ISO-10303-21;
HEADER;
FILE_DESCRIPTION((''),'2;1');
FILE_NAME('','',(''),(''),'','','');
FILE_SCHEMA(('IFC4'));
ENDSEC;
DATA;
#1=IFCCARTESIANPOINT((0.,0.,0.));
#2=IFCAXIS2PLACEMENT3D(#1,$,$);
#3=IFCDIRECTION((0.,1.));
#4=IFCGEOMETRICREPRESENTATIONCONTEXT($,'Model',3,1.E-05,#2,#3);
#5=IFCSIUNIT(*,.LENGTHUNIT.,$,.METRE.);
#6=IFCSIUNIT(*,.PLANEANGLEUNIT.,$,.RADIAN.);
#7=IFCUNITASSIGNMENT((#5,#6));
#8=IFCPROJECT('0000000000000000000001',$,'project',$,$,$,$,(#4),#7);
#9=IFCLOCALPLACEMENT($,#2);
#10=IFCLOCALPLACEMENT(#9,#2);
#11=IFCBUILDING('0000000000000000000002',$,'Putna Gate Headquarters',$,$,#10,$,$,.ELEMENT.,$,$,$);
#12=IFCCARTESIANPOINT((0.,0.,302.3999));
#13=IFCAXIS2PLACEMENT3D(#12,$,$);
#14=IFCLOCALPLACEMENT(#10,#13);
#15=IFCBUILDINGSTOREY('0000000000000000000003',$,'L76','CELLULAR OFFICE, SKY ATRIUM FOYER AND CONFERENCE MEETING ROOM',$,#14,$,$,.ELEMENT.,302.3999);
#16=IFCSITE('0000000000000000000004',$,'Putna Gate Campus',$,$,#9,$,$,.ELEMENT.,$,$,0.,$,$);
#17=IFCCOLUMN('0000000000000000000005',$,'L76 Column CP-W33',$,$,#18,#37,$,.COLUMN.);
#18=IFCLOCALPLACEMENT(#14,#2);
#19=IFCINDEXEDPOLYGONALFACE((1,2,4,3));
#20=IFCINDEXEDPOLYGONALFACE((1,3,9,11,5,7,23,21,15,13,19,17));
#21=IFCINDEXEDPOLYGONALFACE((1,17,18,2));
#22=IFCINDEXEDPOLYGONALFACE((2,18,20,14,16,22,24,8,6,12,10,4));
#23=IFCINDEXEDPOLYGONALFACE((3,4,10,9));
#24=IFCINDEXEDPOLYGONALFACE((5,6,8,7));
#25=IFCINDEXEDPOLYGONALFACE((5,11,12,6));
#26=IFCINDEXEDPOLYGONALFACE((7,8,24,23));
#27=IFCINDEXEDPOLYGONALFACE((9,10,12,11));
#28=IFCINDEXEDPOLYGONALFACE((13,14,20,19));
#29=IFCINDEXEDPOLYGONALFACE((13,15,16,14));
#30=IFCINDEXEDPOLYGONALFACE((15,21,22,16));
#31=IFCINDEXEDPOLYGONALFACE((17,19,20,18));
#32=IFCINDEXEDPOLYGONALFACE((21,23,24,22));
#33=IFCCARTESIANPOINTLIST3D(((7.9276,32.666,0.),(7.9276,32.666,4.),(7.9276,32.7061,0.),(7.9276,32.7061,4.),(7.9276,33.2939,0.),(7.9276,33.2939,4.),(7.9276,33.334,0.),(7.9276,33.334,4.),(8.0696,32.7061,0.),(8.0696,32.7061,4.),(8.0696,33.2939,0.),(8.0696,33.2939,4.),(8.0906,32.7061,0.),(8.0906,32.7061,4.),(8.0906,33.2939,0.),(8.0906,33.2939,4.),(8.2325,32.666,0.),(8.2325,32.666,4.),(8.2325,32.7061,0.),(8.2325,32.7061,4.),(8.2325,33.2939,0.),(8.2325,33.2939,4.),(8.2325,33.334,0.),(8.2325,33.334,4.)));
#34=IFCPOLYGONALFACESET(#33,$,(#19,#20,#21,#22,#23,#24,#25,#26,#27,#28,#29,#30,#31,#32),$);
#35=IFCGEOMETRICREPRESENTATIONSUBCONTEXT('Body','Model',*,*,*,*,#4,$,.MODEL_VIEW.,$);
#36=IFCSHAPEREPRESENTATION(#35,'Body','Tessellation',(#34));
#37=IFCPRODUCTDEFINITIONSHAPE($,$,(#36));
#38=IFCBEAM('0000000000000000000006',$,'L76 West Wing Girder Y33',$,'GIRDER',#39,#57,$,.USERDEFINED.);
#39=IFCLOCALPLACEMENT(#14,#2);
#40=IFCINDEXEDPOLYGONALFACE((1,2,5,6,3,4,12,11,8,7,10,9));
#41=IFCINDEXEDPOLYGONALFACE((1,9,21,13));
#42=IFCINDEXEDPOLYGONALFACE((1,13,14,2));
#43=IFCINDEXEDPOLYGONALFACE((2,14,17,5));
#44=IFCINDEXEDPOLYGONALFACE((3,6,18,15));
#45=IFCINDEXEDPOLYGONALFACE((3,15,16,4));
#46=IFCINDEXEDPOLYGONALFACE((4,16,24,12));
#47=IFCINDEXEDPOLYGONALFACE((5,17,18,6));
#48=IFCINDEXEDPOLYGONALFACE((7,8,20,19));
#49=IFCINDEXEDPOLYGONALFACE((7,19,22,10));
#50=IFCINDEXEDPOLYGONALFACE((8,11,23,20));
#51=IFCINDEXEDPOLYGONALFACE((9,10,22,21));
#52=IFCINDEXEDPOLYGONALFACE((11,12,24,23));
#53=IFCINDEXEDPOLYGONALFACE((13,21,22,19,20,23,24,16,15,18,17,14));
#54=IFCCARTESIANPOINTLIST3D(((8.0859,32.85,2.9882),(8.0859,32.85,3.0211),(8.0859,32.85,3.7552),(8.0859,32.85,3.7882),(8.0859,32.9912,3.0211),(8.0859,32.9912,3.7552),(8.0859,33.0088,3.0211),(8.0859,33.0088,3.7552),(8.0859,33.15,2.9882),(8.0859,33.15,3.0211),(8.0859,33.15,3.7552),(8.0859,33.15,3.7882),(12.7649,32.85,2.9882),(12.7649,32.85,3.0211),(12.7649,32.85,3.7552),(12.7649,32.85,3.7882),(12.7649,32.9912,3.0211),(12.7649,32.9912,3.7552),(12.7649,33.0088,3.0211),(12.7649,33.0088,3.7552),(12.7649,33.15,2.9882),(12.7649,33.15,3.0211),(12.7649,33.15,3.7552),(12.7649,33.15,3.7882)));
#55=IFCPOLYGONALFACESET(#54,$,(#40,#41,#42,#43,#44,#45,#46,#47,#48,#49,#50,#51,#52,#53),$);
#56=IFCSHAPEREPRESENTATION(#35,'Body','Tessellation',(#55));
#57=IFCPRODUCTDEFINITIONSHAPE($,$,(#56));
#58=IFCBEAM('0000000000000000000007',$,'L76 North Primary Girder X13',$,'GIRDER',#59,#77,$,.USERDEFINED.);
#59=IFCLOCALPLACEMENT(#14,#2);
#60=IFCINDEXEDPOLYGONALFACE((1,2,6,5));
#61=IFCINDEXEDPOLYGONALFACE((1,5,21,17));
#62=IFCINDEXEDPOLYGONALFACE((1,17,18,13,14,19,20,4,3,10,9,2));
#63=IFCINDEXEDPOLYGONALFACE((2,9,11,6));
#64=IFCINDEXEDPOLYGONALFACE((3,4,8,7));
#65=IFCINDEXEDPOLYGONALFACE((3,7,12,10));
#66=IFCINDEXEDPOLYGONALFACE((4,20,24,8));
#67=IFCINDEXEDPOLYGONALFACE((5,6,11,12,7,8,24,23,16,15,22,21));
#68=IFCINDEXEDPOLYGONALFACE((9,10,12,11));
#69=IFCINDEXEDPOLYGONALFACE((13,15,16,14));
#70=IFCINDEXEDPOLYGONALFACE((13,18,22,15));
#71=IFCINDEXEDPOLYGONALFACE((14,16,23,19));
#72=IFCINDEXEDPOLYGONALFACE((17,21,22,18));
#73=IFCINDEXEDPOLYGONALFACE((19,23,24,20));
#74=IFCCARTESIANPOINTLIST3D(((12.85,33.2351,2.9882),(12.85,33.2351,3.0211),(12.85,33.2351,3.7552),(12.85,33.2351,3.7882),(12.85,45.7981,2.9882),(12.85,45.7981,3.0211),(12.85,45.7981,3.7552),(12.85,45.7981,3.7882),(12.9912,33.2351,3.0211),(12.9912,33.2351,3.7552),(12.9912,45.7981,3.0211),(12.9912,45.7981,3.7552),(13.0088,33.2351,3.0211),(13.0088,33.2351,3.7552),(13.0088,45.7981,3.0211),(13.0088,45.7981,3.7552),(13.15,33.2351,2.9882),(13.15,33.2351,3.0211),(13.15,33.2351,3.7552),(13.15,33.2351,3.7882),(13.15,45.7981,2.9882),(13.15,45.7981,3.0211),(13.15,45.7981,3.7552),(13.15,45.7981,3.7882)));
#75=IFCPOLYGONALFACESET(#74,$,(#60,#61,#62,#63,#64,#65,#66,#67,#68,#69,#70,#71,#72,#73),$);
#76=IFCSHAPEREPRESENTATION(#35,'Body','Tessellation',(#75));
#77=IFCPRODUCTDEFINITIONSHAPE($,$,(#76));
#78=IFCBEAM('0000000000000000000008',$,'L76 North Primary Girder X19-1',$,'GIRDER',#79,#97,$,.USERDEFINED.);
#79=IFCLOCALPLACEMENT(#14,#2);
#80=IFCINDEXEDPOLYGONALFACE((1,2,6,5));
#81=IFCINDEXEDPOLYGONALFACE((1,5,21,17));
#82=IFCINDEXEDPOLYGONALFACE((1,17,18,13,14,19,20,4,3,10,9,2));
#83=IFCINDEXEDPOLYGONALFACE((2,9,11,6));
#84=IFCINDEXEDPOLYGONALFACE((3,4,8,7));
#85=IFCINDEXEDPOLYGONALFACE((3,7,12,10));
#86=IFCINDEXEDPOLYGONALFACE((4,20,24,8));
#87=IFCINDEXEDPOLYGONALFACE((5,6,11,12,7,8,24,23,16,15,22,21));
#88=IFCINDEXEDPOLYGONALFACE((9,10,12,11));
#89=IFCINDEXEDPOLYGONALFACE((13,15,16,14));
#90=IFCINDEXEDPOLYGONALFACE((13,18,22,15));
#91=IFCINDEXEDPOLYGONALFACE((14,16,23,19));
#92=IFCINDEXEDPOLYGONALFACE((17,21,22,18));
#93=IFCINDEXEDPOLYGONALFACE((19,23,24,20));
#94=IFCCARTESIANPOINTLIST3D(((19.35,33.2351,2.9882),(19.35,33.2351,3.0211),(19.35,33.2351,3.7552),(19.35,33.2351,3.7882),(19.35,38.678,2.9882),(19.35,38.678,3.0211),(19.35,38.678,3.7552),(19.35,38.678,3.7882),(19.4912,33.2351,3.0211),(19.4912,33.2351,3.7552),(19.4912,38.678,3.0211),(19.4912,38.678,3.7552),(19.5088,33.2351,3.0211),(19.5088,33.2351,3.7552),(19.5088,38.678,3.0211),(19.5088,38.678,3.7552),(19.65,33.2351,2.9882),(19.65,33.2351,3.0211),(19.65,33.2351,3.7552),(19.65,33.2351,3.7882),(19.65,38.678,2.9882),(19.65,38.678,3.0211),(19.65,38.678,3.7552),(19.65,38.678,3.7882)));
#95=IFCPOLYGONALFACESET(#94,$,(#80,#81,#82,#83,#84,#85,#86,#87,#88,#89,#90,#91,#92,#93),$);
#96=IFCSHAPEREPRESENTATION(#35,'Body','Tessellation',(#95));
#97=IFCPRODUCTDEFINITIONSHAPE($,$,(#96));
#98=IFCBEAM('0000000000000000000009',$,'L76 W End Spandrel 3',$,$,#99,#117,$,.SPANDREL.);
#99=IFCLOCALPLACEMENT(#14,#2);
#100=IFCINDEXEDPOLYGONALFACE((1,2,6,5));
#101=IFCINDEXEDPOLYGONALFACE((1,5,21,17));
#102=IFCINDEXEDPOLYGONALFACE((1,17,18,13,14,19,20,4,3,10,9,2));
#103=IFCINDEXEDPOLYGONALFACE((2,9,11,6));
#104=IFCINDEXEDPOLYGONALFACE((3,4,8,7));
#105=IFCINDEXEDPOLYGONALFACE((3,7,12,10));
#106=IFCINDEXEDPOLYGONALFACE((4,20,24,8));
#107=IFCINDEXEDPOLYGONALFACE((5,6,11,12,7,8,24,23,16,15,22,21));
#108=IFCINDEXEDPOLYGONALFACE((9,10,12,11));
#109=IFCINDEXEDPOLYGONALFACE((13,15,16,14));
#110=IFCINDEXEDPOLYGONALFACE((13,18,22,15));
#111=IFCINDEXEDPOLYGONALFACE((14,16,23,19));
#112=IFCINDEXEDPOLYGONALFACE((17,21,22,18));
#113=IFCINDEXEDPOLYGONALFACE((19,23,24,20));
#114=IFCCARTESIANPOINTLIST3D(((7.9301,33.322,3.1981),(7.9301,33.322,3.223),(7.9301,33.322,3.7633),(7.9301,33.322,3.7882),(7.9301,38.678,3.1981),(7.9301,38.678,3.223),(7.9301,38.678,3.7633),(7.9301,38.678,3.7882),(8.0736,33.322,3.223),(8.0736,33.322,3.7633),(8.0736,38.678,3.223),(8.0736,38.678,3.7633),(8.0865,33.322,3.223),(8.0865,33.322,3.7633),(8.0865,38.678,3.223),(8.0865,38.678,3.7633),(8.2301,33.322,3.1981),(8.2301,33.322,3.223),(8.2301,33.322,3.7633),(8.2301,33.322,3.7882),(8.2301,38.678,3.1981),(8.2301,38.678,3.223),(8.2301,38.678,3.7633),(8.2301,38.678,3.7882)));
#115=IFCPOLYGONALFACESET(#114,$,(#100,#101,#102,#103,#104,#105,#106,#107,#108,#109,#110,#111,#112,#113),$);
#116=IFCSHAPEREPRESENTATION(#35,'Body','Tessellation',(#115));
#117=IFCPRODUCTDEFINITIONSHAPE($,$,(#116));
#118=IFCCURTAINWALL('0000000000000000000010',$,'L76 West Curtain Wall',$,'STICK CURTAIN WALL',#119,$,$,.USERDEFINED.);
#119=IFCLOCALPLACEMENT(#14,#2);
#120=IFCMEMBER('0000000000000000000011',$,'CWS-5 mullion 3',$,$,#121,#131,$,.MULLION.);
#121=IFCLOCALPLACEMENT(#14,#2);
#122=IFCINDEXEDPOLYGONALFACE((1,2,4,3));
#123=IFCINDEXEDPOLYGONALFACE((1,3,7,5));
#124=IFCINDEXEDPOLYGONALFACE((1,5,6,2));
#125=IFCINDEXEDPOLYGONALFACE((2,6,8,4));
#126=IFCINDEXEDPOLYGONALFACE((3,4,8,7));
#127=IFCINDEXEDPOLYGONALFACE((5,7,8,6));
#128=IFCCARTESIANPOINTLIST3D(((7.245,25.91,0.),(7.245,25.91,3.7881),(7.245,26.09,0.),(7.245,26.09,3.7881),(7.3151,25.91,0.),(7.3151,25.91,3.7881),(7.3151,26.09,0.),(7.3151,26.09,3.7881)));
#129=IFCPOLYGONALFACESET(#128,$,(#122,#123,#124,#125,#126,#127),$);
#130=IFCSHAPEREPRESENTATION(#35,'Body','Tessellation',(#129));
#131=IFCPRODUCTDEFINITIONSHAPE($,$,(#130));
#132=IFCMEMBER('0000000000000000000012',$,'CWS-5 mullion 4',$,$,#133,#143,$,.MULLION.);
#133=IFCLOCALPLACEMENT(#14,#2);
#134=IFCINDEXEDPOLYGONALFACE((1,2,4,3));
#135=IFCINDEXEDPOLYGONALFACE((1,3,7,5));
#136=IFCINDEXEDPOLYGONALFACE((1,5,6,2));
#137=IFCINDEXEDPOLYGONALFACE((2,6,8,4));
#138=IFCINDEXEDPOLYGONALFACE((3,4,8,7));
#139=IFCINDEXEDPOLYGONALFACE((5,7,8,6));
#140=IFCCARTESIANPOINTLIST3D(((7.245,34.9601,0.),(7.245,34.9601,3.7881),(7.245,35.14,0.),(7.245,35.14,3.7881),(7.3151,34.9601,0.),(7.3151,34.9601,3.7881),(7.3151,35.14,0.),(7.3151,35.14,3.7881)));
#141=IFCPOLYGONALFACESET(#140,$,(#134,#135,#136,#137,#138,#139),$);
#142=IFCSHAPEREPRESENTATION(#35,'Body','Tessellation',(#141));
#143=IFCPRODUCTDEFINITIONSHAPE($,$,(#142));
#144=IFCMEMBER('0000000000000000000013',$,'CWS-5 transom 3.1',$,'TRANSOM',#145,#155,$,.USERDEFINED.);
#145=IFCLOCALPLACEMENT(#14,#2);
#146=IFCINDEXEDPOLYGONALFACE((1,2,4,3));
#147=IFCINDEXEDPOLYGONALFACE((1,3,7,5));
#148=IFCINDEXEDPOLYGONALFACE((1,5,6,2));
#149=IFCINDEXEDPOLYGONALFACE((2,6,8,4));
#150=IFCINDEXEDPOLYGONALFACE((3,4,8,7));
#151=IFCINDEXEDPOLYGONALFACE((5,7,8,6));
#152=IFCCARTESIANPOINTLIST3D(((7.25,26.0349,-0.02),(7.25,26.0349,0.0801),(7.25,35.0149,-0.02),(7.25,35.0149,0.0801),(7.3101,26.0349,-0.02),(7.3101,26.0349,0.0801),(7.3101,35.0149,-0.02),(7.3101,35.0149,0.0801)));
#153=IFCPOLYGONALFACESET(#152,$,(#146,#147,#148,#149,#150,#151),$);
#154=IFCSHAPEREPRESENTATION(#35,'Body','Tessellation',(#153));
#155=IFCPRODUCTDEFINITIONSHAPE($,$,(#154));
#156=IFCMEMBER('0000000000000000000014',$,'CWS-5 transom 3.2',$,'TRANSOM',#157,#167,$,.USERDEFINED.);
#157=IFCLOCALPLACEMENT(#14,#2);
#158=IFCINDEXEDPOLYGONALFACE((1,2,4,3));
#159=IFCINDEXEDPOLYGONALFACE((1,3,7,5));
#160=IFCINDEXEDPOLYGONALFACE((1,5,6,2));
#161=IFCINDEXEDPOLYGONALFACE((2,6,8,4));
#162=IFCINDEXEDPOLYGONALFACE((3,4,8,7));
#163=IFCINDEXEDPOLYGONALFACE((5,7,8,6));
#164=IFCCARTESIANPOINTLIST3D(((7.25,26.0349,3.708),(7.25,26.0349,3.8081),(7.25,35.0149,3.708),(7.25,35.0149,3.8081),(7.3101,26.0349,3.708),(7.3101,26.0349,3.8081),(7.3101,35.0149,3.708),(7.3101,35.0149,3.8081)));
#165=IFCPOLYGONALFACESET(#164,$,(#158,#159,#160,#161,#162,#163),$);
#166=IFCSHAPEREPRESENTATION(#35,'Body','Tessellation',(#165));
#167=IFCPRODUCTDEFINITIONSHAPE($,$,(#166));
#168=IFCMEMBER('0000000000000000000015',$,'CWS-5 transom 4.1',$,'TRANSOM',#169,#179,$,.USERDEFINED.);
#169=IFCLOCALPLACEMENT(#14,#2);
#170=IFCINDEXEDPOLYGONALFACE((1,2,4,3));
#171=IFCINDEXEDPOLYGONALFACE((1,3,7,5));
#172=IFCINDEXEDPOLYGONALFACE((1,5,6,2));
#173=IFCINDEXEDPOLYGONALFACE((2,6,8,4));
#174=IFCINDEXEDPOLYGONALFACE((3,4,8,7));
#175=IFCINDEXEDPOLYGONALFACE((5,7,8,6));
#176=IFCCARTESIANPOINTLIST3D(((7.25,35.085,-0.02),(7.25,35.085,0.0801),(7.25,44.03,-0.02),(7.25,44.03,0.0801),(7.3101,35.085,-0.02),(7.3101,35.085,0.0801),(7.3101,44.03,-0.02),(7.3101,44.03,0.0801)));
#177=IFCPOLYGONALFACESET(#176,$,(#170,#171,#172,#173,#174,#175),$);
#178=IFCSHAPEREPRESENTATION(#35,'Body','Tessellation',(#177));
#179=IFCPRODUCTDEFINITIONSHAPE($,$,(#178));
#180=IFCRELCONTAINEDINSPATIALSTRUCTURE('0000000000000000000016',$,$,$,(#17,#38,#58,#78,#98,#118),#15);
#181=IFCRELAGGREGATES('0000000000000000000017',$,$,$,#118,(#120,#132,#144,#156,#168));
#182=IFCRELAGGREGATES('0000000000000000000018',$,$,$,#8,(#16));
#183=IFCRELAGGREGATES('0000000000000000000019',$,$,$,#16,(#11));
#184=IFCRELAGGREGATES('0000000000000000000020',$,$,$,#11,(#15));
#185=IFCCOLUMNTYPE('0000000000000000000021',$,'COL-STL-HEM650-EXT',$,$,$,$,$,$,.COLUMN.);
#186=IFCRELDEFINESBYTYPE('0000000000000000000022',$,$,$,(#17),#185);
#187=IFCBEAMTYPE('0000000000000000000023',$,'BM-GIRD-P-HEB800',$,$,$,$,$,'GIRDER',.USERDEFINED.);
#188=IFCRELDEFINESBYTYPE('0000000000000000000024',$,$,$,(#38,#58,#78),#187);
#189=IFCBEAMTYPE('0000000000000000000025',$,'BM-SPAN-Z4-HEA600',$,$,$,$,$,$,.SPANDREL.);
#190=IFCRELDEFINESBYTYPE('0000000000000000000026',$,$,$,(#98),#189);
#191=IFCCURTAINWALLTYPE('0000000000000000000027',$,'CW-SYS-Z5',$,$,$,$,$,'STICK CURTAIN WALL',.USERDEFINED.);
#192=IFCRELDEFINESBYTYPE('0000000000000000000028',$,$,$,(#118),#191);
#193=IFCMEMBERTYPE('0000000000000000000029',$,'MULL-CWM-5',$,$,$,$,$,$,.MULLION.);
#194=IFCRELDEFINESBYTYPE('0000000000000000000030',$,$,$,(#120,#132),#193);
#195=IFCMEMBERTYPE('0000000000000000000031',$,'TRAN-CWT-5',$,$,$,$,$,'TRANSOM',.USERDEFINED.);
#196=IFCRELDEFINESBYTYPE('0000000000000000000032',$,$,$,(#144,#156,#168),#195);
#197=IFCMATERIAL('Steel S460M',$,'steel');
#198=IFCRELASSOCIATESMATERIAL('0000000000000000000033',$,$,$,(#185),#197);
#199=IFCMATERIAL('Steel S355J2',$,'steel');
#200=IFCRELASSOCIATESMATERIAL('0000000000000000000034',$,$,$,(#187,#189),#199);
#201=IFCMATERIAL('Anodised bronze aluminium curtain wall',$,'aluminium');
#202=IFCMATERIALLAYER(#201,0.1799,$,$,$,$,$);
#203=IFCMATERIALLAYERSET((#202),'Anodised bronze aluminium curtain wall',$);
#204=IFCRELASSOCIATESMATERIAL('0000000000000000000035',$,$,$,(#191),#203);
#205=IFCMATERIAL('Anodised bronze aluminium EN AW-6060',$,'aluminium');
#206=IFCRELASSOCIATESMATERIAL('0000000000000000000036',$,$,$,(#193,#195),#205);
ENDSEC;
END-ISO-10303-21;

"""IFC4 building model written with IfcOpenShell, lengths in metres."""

from ifc_helpers import new_model, si_unit, direction, frame, origin, origin_2d, place, context, subcontext, project, spatial, rectangle, i_section, extrude, material, layer, layer_set, material_profile, profile_set, type_object, element, aggregate, save


model = new_model("IFC4")

# Units and contexts
model_context = context("Model", 3, precision=1e-05, world=origin(), true_north=direction((0.0, 1.0)))
body_context = subcontext(model_context, "Body", "Model", "MODEL_VIEW")
ifc_project = project(units=[si_unit("LENGTHUNIT", "METRE"), si_unit("PLANEANGLEUNIT", "RADIAN")], contexts=[model_context])

# Site, building, storey
site_placement = place(None, origin())
site = spatial("IfcSite", under=ifc_project, at=site_placement, Name="Putna Gate Campus", CompositionType="ELEMENT", RefElevation=0.0)
building_placement = place(site_placement, origin())
building = spatial("IfcBuilding", under=site, at=building_placement, Name="Putna Gate Headquarters", CompositionType="ELEMENT")
storey_placement = place(building_placement, frame((0.0, 0.0, 302.3999)))
storey = spatial("IfcBuildingStorey", under=building, at=storey_placement, Name="L76", Description="CELLULAR OFFICE, SKY ATRIUM FOYER AND CONFERENCE MEETING ROOM", CompositionType="ELEMENT", Elevation=302.3999)

# Column
ifc_material_1 = material(Name="Steel S460M", Category="steel")
ifc_material_profile_1 = material_profile(ifc_material_1, i_section(OverallWidth=0.3049, OverallDepth=0.668, WebThickness=0.021, FlangeThickness=0.04, at=origin_2d()), Name="Steel S460M")
ifc_profile_set_1 = profile_set([ifc_material_profile_1], Name="Steel S460M")
column_type = type_object("IfcColumnType", Name="COL-STL-HEM650-EXT", PredefinedType="COLUMN", material=ifc_profile_set_1)
column_placement = place(storey_placement, frame((8.0801, 33.0, 0.0), z_axis=(0.0, 0.0, 1.0), x_axis=(1.0, 0.0, 0.0)))
element("IfcColumn", 1, at=column_placement, inside=storey, type_object=column_type, Name="L76 Column CP-W33", PredefinedType="COLUMN", context=body_context, shape_type="SweptSolid", body=[
    extrude(i_section(OverallWidth=0.3049, OverallDepth=0.668, WebThickness=0.021, FlangeThickness=0.04, at=origin_2d()), origin(), (0.0, 0.0, 1.0), 4.0),
])

# Beams
ifc_material_2 = material(Name="Steel S355J2", Category="steel")
ifc_material_profile_2 = material_profile(ifc_material_2, i_section(OverallWidth=0.3, OverallDepth=0.8, WebThickness=0.0176, FlangeThickness=0.033, at=origin_2d()), Name="Steel S355J2")
ifc_profile_set_2 = profile_set([ifc_material_profile_2], Name="Steel S355J2")
beam_type_1 = type_object("IfcBeamType", Name="BM-GIRD-P-HEB800", ElementType="GIRDER", PredefinedType="USERDEFINED", material=ifc_profile_set_2)
beam_1_placement = place(storey_placement, frame((8.0859, 33.0, 3.3882), z_axis=(1.0, 0.0, 0.0), x_axis=(0.0, 1.0, 0.0)))
element("IfcBeam", 2, at=beam_1_placement, inside=storey, type_object=beam_type_1, Name="L76 West Wing Girder Y33", ObjectType="GIRDER", PredefinedType="USERDEFINED", context=body_context, shape_type="SweptSolid", body=[
    extrude(i_section(OverallWidth=0.3, OverallDepth=0.8, WebThickness=0.0176, FlangeThickness=0.033, at=origin_2d()), origin(), (0.0, 0.0, 1.0), 4.679),
])
beam_2_placement = place(storey_placement, frame((13.0, 33.2351, 3.3882), z_axis=(0.0, 1.0, 0.0), x_axis=(-1.0, 0.0, 0.0)))
element("IfcBeam", 3, at=beam_2_placement, inside=storey, type_object=beam_type_1, Name="L76 North Primary Girder X13", ObjectType="GIRDER", PredefinedType="USERDEFINED", context=body_context, shape_type="SweptSolid", body=[
    extrude(i_section(OverallWidth=0.3, OverallDepth=0.8, WebThickness=0.0176, FlangeThickness=0.033, at=origin_2d()), origin(), (0.0, 0.0, 1.0), 12.563),
])
beam_3_placement = place(storey_placement, frame((19.5, 33.2351, 3.3882), z_axis=(0.0, 1.0, 0.0), x_axis=(-1.0, 0.0, 0.0)))
element("IfcBeam", 4, at=beam_3_placement, inside=storey, type_object=beam_type_1, Name="L76 North Primary Girder X19-1", ObjectType="GIRDER", PredefinedType="USERDEFINED", context=body_context, shape_type="SweptSolid", body=[
    extrude(i_section(OverallWidth=0.3, OverallDepth=0.8, WebThickness=0.0176, FlangeThickness=0.033, at=origin_2d()), origin(), (0.0, 0.0, 1.0), 5.4429),
])
ifc_material_profile_3 = material_profile(ifc_material_2, i_section(OverallWidth=0.3, OverallDepth=0.5901, WebThickness=0.0129, FlangeThickness=0.0249, at=origin_2d()), Name="Steel S355J2")
ifc_profile_set_3 = profile_set([ifc_material_profile_3], Name="Steel S355J2")
beam_type_2 = type_object("IfcBeamType", Name="BM-SPAN-Z4-HEA600", PredefinedType="SPANDREL", material=ifc_profile_set_3)
beam_4_placement = place(storey_placement, frame((8.0801, 33.322, 3.4932), z_axis=(0.0, 1.0, 0.0), x_axis=(-1.0, 0.0, 0.0)))
element("IfcBeam", 5, at=beam_4_placement, inside=storey, type_object=beam_type_2, Name="L76 W End Spandrel 3", PredefinedType="SPANDREL", context=body_context, shape_type="SweptSolid", body=[
    extrude(i_section(OverallWidth=0.3, OverallDepth=0.5901, WebThickness=0.0129, FlangeThickness=0.0249, at=origin_2d()), origin(), (0.0, 0.0, 1.0), 5.356),
])

# Curtain wall, members
ifc_material_3 = material(Name="Anodised bronze aluminium curtain wall", Category="aluminium")
ifc_layer_1 = layer(ifc_material_3, 0.1799)
ifc_layer_set_1 = layer_set([ifc_layer_1], Name="Anodised bronze aluminium curtain wall")
curtain_wall_type = type_object("IfcCurtainWallType", Name="CW-SYS-Z5", ElementType="STICK CURTAIN WALL", PredefinedType="USERDEFINED", material=ifc_layer_set_1)
curtain_wall_placement = place(storey_placement, origin())
curtain_wall = element("IfcCurtainWall", 6, at=curtain_wall_placement, inside=storey, type_object=curtain_wall_type, Name="L76 West Curtain Wall", ObjectType="STICK CURTAIN WALL", PredefinedType="USERDEFINED")
ifc_material_4 = material(Name="Anodised bronze aluminium EN AW-6060", Category="aluminium")
ifc_material_profile_4 = material_profile(ifc_material_4, rectangle(XDim=0.0701, YDim=0.1799, at=origin_2d()), Name="Anodised bronze aluminium EN AW-6060")
ifc_profile_set_4 = profile_set([ifc_material_profile_4], Name="Anodised bronze aluminium EN AW-6060")
member_type_1 = type_object("IfcMemberType", Name="MULL-CWM-5", PredefinedType="MULLION", material=ifc_profile_set_4)
member_1_placement = place(storey_placement, frame((7.28, 26.0, 0.0), z_axis=(0.0, 0.0, 1.0), x_axis=(-1.0, 0.0, 0.0)))
member_1 = element("IfcMember", 7, at=member_1_placement, type_object=member_type_1, Name="CWS-5 mullion 3", PredefinedType="MULLION", context=body_context, shape_type="SweptSolid", body=[
    extrude(rectangle(XDim=0.0701, YDim=0.1799, at=origin_2d()), origin(), (0.0, 0.0, 1.0), 3.7881),
])
member_2_placement = place(storey_placement, frame((7.28, 35.05, 0.0), z_axis=(0.0, 0.0, 1.0), x_axis=(-1.0, 0.0, 0.0)))
member_2 = element("IfcMember", 8, at=member_2_placement, type_object=member_type_1, Name="CWS-5 mullion 4", PredefinedType="MULLION", context=body_context, shape_type="SweptSolid", body=[
    extrude(rectangle(XDim=0.0701, YDim=0.1799, at=origin_2d()), origin(), (0.0, 0.0, 1.0), 3.7881),
])
ifc_material_profile_5 = material_profile(ifc_material_4, rectangle(XDim=0.0601, YDim=0.1001, at=origin_2d()), Name="Anodised bronze aluminium EN AW-6060")
ifc_profile_set_5 = profile_set([ifc_material_profile_5], Name="Anodised bronze aluminium EN AW-6060")
member_type_2 = type_object("IfcMemberType", Name="TRAN-CWT-5", ElementType="TRANSOM", PredefinedType="USERDEFINED", material=ifc_profile_set_5)
member_3_placement = place(storey_placement, frame((7.28, 26.0349, 0.03), z_axis=(0.0, 1.0, 0.0), x_axis=(-1.0, 0.0, 0.0)))
member_3 = element("IfcMember", 9, at=member_3_placement, type_object=member_type_2, Name="CWS-5 transom 3.1", ObjectType="TRANSOM", PredefinedType="USERDEFINED", context=body_context, shape_type="SweptSolid", body=[
    extrude(rectangle(XDim=0.0601, YDim=0.1001, at=origin_2d()), origin(), (0.0, 0.0, 1.0), 8.98),
])
member_4_placement = place(storey_placement, frame((7.28, 26.0349, 3.7581), z_axis=(0.0, 1.0, 0.0), x_axis=(-1.0, 0.0, 0.0)))
member_4 = element("IfcMember", 10, at=member_4_placement, type_object=member_type_2, Name="CWS-5 transom 3.2", ObjectType="TRANSOM", PredefinedType="USERDEFINED", context=body_context, shape_type="SweptSolid", body=[
    extrude(rectangle(XDim=0.0601, YDim=0.1001, at=origin_2d()), origin(), (0.0, 0.0, 1.0), 8.98),
])
member_5_placement = place(storey_placement, frame((7.28, 35.085, 0.03), z_axis=(0.0, 1.0, 0.0), x_axis=(-1.0, 0.0, 0.0)))
member_5 = element("IfcMember", 11, at=member_5_placement, type_object=member_type_2, Name="CWS-5 transom 4.1", ObjectType="TRANSOM", PredefinedType="USERDEFINED", context=body_context, shape_type="SweptSolid", body=[
    extrude(rectangle(XDim=0.0601, YDim=0.1001, at=origin_2d()), origin(), (0.0, 0.0, 1.0), 8.9451),
])
aggregate(curtain_wall, [member_1, member_2, member_3, member_4, member_5])

save(model, "model.ifc")
